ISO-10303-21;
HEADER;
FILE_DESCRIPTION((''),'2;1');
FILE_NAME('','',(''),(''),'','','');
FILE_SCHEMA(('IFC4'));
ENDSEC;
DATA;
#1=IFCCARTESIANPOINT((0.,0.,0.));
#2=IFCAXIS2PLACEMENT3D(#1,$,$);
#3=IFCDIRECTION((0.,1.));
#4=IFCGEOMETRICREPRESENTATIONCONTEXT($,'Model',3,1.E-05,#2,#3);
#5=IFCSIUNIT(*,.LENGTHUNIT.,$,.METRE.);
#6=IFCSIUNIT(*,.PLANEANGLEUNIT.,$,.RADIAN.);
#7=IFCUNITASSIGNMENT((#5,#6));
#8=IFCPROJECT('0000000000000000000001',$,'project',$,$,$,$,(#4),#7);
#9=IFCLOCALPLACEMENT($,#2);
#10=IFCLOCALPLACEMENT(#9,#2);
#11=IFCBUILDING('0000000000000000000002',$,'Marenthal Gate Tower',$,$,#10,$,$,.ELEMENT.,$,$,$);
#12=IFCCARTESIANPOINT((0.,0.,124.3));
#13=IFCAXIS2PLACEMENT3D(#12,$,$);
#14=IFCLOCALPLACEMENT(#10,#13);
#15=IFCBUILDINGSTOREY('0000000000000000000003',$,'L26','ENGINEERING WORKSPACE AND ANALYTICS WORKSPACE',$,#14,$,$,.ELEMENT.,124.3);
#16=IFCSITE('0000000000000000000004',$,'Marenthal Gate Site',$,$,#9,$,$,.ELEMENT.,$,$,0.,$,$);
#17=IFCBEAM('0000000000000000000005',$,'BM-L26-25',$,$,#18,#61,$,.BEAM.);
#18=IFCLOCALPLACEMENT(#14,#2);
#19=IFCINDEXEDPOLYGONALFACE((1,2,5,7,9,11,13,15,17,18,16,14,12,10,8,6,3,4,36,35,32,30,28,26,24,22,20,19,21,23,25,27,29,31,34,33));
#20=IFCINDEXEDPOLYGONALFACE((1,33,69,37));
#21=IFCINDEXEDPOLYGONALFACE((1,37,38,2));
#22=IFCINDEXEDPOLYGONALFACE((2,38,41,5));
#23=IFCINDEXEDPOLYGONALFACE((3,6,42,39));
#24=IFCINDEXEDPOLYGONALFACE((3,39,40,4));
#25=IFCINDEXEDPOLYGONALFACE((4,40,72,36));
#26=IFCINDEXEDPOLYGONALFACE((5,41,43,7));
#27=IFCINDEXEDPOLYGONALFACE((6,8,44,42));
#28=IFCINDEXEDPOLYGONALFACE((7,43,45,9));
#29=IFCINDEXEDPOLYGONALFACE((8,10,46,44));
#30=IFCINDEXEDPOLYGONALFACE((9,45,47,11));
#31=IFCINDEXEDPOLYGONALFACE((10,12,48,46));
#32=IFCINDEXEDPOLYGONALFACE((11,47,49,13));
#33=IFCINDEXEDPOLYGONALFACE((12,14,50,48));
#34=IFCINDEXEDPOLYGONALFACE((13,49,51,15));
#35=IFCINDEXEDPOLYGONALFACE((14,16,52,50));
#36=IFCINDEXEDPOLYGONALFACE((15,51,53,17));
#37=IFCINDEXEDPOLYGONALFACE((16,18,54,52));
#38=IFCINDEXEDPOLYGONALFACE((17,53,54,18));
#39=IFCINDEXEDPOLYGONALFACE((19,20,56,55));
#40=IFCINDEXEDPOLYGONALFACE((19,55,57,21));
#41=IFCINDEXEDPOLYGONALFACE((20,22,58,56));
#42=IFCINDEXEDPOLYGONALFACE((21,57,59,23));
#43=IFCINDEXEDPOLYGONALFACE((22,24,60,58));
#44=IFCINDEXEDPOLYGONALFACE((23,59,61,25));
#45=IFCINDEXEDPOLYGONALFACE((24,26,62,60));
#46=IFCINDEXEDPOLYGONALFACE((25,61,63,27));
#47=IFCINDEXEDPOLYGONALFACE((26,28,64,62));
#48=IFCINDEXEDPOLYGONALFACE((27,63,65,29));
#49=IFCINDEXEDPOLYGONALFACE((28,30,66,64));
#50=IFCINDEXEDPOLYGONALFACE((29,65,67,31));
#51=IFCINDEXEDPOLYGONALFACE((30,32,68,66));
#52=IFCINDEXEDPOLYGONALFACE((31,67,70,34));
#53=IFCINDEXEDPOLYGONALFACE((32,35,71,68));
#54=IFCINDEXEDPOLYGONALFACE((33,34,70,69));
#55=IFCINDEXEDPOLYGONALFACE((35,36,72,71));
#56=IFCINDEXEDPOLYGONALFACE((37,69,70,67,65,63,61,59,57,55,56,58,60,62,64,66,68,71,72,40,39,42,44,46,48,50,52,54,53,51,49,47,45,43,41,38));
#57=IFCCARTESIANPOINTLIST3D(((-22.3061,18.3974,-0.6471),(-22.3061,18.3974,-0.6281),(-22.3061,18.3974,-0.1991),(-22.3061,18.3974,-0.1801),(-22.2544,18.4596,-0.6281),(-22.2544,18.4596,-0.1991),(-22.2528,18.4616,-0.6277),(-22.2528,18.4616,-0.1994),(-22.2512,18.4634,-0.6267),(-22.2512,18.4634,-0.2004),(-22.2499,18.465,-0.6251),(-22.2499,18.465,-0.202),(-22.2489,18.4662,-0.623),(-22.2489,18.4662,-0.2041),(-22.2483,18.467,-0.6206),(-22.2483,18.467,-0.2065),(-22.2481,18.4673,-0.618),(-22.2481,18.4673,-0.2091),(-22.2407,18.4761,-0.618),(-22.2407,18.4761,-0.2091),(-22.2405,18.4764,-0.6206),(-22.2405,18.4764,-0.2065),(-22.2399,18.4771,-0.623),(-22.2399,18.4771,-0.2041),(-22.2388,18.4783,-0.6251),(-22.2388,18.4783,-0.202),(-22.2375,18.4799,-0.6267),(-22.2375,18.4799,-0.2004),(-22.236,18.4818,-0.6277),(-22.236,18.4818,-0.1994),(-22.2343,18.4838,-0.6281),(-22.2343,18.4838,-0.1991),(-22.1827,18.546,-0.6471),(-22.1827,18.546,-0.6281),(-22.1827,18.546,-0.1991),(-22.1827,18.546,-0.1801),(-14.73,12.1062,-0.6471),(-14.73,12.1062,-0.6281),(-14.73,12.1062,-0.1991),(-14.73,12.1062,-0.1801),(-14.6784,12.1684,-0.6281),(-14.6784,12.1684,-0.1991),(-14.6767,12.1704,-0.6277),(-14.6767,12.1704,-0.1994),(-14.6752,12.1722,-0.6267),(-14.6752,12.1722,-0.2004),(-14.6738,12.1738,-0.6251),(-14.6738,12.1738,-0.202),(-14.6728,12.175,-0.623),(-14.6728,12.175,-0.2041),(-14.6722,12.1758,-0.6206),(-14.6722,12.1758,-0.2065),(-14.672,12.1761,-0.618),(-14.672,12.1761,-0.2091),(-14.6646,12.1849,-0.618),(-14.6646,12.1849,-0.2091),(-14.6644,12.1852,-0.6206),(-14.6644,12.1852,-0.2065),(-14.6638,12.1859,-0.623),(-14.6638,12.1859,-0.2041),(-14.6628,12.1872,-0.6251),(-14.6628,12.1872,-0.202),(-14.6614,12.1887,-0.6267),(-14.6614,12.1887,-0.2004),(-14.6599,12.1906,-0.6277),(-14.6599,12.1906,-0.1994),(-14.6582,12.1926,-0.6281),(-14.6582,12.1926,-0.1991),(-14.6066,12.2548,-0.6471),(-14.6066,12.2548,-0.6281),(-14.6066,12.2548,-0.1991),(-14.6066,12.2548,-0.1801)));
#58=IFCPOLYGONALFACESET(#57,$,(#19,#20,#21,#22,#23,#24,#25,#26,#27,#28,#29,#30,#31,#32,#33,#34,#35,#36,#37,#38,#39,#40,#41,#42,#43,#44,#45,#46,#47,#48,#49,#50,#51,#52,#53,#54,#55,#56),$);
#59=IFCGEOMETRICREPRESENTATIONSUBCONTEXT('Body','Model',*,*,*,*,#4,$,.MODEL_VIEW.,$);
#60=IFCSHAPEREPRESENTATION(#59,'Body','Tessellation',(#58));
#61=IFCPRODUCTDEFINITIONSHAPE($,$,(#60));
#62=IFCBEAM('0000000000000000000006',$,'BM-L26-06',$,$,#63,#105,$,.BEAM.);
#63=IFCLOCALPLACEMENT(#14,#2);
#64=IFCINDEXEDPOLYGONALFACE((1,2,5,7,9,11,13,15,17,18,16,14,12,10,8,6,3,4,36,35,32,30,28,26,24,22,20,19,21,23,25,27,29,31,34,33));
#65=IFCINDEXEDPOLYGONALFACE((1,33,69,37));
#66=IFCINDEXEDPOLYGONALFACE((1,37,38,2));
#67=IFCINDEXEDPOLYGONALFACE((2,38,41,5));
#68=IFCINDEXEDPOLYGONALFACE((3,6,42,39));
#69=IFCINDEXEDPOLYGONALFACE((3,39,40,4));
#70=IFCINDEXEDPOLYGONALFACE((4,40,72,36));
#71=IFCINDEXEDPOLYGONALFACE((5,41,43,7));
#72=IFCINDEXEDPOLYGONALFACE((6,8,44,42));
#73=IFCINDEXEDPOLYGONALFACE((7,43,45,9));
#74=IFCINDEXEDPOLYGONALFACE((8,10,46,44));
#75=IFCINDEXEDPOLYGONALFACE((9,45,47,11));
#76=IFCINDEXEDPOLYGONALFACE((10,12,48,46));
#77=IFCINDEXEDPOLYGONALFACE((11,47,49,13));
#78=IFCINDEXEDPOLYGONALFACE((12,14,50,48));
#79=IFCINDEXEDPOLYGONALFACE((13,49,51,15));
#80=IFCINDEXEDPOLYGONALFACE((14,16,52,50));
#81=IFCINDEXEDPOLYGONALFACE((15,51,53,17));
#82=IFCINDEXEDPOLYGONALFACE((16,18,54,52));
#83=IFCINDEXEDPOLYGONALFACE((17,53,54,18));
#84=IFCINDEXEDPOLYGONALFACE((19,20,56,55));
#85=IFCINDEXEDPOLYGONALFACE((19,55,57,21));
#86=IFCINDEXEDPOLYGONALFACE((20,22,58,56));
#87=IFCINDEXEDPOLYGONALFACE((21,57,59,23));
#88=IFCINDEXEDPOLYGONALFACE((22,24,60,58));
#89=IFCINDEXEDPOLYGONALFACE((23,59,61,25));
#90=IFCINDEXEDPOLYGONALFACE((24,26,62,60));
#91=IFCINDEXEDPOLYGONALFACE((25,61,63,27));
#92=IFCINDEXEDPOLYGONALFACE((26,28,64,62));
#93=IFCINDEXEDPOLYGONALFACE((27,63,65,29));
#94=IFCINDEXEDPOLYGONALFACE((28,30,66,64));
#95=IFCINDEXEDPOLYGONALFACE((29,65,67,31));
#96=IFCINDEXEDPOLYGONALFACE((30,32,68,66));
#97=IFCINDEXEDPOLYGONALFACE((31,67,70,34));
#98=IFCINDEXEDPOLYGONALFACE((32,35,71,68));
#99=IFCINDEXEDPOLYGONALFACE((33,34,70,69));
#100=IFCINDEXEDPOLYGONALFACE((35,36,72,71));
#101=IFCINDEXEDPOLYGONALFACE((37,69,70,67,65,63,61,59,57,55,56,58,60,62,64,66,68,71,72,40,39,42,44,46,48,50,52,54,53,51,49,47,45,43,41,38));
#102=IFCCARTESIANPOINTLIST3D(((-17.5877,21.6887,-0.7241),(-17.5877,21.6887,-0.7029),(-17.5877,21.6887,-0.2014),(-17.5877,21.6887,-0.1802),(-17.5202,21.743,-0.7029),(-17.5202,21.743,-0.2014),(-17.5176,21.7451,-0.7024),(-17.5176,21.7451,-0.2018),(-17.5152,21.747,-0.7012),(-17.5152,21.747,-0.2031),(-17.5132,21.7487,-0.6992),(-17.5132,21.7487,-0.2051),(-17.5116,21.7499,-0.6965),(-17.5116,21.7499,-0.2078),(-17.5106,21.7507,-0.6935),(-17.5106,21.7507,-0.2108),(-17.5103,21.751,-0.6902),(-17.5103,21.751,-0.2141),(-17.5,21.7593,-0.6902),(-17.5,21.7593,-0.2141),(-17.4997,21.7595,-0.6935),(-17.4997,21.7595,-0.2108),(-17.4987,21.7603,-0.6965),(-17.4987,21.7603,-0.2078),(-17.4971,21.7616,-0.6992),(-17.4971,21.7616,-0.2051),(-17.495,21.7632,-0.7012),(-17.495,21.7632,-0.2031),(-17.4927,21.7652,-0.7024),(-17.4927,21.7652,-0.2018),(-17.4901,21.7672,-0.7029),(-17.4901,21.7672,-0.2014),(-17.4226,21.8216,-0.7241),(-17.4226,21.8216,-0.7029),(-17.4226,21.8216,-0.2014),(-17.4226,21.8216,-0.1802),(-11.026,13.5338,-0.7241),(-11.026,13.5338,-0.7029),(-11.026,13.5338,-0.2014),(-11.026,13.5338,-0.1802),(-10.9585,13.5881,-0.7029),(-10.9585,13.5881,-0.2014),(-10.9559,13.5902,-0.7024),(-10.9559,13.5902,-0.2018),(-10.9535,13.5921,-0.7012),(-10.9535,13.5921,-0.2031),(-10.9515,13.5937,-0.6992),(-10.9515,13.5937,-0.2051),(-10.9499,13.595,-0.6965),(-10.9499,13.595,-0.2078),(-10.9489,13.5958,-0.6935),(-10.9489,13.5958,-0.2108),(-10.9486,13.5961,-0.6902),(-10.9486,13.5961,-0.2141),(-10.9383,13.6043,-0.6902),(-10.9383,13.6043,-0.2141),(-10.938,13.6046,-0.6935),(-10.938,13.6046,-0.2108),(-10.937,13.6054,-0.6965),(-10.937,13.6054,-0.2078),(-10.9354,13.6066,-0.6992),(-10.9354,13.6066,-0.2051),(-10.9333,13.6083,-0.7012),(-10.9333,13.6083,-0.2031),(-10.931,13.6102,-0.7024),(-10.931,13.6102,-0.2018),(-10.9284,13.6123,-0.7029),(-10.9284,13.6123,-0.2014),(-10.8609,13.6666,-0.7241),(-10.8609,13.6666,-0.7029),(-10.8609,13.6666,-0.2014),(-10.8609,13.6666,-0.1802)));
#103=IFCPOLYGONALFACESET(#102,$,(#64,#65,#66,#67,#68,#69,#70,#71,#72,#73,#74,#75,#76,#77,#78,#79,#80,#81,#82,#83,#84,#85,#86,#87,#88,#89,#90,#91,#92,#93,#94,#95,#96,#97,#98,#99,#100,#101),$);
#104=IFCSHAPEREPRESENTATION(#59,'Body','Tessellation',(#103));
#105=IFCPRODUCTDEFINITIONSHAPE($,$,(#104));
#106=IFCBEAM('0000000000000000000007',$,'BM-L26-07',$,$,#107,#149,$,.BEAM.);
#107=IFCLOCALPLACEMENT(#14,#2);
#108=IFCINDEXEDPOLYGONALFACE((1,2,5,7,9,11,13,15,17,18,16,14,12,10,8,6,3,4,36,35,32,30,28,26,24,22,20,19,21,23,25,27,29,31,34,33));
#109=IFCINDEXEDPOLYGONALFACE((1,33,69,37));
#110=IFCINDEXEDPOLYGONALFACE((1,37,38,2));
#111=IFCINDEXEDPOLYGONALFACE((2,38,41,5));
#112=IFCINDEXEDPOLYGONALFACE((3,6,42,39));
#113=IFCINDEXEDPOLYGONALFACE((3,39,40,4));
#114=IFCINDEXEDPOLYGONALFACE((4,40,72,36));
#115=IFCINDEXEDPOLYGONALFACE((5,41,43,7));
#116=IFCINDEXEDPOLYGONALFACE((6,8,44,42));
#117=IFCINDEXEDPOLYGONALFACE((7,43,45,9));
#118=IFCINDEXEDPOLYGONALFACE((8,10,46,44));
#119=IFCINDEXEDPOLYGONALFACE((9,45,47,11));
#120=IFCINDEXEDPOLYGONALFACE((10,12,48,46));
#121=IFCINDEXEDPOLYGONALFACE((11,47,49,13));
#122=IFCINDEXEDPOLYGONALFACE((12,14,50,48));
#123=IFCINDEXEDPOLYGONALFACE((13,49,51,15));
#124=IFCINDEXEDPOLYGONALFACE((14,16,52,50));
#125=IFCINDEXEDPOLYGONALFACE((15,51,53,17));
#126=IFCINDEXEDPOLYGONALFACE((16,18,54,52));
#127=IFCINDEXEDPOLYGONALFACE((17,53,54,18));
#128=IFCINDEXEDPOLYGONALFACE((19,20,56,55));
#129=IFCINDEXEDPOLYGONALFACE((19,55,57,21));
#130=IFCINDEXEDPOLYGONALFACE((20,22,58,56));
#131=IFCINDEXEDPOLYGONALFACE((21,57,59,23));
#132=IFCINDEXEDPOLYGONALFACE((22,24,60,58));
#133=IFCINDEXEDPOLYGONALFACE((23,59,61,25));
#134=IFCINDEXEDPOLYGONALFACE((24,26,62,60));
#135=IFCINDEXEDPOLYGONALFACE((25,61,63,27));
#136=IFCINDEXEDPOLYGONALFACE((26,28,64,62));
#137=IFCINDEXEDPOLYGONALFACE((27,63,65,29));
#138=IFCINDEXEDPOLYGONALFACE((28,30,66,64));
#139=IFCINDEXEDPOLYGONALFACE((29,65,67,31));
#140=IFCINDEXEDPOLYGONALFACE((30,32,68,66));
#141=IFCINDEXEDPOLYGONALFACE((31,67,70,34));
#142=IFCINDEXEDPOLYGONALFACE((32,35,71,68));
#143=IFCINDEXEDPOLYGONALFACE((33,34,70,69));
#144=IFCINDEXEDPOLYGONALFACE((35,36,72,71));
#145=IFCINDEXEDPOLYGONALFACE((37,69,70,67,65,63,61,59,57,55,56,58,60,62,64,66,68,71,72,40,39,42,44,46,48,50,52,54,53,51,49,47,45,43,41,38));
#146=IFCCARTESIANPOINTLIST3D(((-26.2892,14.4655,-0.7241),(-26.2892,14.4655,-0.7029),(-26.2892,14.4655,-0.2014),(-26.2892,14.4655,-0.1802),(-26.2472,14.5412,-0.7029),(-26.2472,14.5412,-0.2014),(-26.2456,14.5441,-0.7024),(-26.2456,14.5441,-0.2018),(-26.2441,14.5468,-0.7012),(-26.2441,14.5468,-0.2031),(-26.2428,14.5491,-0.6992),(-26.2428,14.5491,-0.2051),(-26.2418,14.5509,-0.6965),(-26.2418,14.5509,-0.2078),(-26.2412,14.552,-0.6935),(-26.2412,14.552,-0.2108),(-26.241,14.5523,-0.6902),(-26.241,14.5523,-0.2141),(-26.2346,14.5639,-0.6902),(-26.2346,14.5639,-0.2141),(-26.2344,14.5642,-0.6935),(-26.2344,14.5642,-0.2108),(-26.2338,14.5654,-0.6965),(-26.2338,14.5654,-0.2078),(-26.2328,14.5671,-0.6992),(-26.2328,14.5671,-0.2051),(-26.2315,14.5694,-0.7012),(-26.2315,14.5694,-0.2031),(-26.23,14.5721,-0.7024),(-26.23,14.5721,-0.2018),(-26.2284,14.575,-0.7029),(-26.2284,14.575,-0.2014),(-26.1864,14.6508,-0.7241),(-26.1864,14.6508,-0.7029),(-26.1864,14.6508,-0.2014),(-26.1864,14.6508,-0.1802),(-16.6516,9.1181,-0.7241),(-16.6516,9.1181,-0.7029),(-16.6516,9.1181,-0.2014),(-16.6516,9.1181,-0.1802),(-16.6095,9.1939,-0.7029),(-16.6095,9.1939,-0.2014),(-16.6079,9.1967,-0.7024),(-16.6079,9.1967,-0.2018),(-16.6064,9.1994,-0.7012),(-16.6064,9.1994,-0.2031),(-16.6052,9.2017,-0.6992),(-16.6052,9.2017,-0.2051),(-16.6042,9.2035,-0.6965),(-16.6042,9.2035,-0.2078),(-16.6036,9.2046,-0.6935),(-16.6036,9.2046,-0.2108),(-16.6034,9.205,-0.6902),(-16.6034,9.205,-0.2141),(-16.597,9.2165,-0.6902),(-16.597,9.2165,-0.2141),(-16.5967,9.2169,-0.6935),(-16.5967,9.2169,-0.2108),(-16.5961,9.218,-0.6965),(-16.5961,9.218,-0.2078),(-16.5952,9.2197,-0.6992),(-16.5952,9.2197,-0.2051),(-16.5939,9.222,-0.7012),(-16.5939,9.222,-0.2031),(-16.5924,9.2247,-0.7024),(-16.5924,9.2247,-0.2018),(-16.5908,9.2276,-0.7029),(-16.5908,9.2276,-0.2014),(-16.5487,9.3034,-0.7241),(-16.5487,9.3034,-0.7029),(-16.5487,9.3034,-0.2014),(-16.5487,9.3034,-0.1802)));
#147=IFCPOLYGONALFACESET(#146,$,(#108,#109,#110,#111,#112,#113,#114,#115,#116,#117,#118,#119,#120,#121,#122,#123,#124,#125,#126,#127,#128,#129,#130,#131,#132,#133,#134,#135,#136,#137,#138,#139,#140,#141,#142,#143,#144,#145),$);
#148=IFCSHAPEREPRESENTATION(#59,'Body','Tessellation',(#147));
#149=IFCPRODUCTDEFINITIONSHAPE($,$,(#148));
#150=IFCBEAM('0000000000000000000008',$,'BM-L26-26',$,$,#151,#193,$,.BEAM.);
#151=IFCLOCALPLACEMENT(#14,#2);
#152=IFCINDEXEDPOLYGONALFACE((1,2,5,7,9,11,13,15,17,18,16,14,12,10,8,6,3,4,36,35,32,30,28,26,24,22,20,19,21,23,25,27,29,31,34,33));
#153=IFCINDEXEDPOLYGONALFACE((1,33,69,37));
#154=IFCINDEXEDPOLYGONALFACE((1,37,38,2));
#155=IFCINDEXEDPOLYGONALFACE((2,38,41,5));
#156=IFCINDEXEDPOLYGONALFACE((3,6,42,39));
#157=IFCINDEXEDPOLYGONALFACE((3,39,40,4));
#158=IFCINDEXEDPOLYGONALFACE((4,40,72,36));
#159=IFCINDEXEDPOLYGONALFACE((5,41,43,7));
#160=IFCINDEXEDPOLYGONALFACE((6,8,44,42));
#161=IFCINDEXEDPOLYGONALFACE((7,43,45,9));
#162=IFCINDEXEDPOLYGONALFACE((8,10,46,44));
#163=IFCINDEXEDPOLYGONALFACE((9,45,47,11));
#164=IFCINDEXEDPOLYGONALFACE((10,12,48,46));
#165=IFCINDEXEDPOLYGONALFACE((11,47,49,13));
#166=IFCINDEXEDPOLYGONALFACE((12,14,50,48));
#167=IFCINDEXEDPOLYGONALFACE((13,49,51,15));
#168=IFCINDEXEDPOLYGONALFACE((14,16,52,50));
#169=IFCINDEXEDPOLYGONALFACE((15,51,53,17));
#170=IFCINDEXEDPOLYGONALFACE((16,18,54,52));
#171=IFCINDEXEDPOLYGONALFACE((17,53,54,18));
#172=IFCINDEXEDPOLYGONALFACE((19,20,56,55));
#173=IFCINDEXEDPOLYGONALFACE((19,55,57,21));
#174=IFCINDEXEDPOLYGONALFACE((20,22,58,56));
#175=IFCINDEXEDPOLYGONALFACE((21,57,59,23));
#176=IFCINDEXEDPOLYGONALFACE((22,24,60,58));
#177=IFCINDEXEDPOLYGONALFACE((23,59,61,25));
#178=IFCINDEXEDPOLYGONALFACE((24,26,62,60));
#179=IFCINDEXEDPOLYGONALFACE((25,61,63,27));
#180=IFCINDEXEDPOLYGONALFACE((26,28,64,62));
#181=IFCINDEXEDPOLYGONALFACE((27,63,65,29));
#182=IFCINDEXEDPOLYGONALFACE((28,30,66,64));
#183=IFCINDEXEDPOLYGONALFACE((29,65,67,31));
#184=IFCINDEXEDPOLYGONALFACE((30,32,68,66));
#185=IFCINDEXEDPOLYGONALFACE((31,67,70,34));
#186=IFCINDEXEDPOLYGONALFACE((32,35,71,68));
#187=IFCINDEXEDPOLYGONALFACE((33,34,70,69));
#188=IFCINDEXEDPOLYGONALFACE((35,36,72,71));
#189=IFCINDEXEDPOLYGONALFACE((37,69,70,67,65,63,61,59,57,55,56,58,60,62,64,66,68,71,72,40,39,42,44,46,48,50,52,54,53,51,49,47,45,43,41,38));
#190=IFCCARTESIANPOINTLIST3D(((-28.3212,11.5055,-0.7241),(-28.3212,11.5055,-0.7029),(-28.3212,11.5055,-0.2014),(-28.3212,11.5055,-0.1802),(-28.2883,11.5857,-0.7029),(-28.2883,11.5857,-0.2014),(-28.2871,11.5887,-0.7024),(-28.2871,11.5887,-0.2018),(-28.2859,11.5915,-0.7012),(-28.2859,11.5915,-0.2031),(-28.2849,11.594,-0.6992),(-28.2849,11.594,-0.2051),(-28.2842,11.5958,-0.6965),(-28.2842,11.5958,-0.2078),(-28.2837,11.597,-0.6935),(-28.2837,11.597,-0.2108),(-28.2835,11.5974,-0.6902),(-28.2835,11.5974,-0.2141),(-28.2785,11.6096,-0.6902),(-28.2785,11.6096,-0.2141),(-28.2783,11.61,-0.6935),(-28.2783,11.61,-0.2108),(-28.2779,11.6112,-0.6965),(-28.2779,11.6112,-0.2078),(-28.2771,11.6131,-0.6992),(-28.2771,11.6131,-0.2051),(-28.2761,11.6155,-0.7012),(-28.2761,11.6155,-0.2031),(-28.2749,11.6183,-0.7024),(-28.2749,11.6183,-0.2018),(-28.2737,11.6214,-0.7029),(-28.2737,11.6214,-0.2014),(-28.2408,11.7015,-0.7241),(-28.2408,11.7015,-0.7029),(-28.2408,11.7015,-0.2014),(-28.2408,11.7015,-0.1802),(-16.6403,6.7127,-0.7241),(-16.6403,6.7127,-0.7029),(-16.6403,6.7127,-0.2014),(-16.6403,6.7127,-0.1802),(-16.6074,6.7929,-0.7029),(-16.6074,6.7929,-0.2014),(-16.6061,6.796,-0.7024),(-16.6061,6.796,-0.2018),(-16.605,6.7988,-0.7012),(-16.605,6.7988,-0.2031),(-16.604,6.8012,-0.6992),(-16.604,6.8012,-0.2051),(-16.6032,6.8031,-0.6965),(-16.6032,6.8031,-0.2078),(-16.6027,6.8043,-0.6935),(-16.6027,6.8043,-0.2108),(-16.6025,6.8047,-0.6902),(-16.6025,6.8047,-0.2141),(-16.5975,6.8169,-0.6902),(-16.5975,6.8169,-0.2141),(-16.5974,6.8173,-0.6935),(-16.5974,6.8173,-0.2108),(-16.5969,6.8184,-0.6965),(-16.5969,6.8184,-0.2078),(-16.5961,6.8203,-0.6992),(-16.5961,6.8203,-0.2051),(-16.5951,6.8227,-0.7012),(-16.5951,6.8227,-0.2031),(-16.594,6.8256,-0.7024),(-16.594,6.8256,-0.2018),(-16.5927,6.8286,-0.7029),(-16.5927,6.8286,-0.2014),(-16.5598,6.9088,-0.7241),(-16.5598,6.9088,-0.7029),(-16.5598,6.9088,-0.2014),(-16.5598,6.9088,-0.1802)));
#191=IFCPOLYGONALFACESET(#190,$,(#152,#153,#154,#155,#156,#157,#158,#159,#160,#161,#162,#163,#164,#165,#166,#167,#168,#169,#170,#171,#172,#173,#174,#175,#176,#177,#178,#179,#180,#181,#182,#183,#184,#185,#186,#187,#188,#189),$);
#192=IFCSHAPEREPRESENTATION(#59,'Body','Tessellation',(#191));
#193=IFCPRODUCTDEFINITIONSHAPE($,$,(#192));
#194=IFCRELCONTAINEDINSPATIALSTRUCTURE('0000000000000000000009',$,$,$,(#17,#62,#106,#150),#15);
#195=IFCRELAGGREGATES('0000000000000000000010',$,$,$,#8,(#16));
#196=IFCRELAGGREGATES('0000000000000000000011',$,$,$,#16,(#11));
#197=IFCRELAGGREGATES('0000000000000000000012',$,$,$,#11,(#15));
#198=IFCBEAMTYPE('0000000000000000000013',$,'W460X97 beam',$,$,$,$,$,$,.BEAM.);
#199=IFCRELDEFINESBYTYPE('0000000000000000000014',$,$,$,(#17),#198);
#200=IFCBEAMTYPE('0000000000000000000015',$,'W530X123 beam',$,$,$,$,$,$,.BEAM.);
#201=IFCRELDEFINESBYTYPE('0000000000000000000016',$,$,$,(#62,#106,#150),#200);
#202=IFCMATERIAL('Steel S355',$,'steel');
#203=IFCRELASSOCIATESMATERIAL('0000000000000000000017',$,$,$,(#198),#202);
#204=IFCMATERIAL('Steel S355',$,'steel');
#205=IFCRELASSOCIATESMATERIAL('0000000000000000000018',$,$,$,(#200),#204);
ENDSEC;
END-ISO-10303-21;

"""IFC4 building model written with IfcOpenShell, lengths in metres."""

from ifc_helpers import new_model, si_unit, direction, frame, origin, origin_2d, place, context, subcontext, project, spatial, i_section, extrude, material, material_profile, profile_set, type_object, element, save


model = new_model("IFC4")

# Units and contexts
model_context = context("Model", 3, precision=1e-05, world=origin(), true_north=direction((0.0, 1.0)))
body_context = subcontext(model_context, "Body", "Model", "MODEL_VIEW")
ifc_project = project(units=[si_unit("LENGTHUNIT", "METRE"), si_unit("PLANEANGLEUNIT", "RADIAN")], contexts=[model_context])

# Site, building, storey
site_placement = place(None, origin())
site = spatial("IfcSite", under=ifc_project, at=site_placement, Name="Marenthal Gate Site", CompositionType="ELEMENT", RefElevation=0.0)
building_placement = place(site_placement, origin())
building = spatial("IfcBuilding", under=site, at=building_placement, Name="Marenthal Gate Tower", CompositionType="ELEMENT")
storey_placement = place(building_placement, frame((0.0, 0.0, 124.3)))
storey = spatial("IfcBuildingStorey", under=building, at=storey_placement, Name="L26", Description="ENGINEERING WORKSPACE AND ANALYTICS WORKSPACE", CompositionType="ELEMENT", Elevation=124.3)

# Beams
ifc_material_1 = material(Name="Steel S355", Category="steel")
ifc_material_profile_1 = material_profile(ifc_material_1, i_section(OverallWidth=0.1931, OverallDepth=0.467, WebThickness=0.0115, FlangeThickness=0.019, FilletRadius=0.01, at=origin_2d()), Name="W460X97")
ifc_profile_set_1 = profile_set([ifc_material_profile_1], Name="Steel S355")
beam_type_1 = type_object("IfcBeamType", Name="W460X97 beam", PredefinedType="BEAM", material=ifc_profile_set_1)
beam_1_placement = place(storey_placement, frame((-22.2444, 18.4717, -0.4136), z_axis=(0.76933, -0.638852, 0.0), x_axis=(0.638852, 0.76933, 0.0)))
element("IfcBeam", 1, at=beam_1_placement, inside=storey, type_object=beam_type_1, Name="BM-L26-25", PredefinedType="BEAM", context=body_context, shape_type="SweptSolid", body=[
    extrude(i_section(OverallWidth=0.1931, OverallDepth=0.467, WebThickness=0.0115, FlangeThickness=0.019, FilletRadius=0.01, at=origin_2d()), origin(), (0.0, 0.0, 1.0), 9.8477),
])
ifc_material_2 = material(Name="Steel S355", Category="steel")
ifc_material_profile_2 = material_profile(ifc_material_2, i_section(OverallWidth=0.2119, OverallDepth=0.5439, WebThickness=0.0132, FlangeThickness=0.0212, FilletRadius=0.0127, at=origin_2d()), Name="W530X123")
ifc_profile_set_2 = profile_set([ifc_material_profile_2], Name="Steel S355")
beam_type_2 = type_object("IfcBeamType", Name="W530X123 beam", PredefinedType="BEAM", material=ifc_profile_set_2)
beam_2_placement = place(storey_placement, frame((-17.5051, 21.7551, -0.4521), z_axis=(0.626891, -0.779107, 0.0), x_axis=(0.779107, 0.626891, 0.0)))
element("IfcBeam", 2, at=beam_2_placement, inside=storey, type_object=beam_type_2, Name="BM-L26-06", PredefinedType="BEAM", context=body_context, shape_type="SweptSolid", body=[
    extrude(i_section(OverallWidth=0.2119, OverallDepth=0.5439, WebThickness=0.0132, FlangeThickness=0.0212, FilletRadius=0.0127, at=origin_2d()), origin(), (0.0, 0.0, 1.0), 10.467),
])
beam_3_placement = place(storey_placement, frame((-26.2378, 14.5581, -0.4521), z_axis=(0.874421, -0.485167, 0.0), x_axis=(0.485167, 0.874421, 0.0)))
element("IfcBeam", 3, at=beam_3_placement, inside=storey, type_object=beam_type_2, Name="BM-L26-07", PredefinedType="BEAM", context=body_context, shape_type="SweptSolid", body=[
    extrude(i_section(OverallWidth=0.2119, OverallDepth=0.5439, WebThickness=0.0132, FlangeThickness=0.0212, FilletRadius=0.0127, at=origin_2d()), origin(), (0.0, 0.0, 1.0), 11.0217),
])
beam_4_placement = place(storey_placement, frame((-28.281, 11.6035, -0.4521), z_axis=(0.925153, -0.379594, 0.0), x_axis=(0.379594, 0.925153, 0.0)))
element("IfcBeam", 4, at=beam_4_placement, inside=storey, type_object=beam_type_2, Name="BM-L26-26", PredefinedType="BEAM", context=body_context, shape_type="SweptSolid", body=[
    extrude(i_section(OverallWidth=0.2119, OverallDepth=0.5439, WebThickness=0.0132, FlangeThickness=0.0212, FilletRadius=0.0127, at=origin_2d()), origin(), (0.0, 0.0, 1.0), 12.626),
])

save(model, "model.ifc")
